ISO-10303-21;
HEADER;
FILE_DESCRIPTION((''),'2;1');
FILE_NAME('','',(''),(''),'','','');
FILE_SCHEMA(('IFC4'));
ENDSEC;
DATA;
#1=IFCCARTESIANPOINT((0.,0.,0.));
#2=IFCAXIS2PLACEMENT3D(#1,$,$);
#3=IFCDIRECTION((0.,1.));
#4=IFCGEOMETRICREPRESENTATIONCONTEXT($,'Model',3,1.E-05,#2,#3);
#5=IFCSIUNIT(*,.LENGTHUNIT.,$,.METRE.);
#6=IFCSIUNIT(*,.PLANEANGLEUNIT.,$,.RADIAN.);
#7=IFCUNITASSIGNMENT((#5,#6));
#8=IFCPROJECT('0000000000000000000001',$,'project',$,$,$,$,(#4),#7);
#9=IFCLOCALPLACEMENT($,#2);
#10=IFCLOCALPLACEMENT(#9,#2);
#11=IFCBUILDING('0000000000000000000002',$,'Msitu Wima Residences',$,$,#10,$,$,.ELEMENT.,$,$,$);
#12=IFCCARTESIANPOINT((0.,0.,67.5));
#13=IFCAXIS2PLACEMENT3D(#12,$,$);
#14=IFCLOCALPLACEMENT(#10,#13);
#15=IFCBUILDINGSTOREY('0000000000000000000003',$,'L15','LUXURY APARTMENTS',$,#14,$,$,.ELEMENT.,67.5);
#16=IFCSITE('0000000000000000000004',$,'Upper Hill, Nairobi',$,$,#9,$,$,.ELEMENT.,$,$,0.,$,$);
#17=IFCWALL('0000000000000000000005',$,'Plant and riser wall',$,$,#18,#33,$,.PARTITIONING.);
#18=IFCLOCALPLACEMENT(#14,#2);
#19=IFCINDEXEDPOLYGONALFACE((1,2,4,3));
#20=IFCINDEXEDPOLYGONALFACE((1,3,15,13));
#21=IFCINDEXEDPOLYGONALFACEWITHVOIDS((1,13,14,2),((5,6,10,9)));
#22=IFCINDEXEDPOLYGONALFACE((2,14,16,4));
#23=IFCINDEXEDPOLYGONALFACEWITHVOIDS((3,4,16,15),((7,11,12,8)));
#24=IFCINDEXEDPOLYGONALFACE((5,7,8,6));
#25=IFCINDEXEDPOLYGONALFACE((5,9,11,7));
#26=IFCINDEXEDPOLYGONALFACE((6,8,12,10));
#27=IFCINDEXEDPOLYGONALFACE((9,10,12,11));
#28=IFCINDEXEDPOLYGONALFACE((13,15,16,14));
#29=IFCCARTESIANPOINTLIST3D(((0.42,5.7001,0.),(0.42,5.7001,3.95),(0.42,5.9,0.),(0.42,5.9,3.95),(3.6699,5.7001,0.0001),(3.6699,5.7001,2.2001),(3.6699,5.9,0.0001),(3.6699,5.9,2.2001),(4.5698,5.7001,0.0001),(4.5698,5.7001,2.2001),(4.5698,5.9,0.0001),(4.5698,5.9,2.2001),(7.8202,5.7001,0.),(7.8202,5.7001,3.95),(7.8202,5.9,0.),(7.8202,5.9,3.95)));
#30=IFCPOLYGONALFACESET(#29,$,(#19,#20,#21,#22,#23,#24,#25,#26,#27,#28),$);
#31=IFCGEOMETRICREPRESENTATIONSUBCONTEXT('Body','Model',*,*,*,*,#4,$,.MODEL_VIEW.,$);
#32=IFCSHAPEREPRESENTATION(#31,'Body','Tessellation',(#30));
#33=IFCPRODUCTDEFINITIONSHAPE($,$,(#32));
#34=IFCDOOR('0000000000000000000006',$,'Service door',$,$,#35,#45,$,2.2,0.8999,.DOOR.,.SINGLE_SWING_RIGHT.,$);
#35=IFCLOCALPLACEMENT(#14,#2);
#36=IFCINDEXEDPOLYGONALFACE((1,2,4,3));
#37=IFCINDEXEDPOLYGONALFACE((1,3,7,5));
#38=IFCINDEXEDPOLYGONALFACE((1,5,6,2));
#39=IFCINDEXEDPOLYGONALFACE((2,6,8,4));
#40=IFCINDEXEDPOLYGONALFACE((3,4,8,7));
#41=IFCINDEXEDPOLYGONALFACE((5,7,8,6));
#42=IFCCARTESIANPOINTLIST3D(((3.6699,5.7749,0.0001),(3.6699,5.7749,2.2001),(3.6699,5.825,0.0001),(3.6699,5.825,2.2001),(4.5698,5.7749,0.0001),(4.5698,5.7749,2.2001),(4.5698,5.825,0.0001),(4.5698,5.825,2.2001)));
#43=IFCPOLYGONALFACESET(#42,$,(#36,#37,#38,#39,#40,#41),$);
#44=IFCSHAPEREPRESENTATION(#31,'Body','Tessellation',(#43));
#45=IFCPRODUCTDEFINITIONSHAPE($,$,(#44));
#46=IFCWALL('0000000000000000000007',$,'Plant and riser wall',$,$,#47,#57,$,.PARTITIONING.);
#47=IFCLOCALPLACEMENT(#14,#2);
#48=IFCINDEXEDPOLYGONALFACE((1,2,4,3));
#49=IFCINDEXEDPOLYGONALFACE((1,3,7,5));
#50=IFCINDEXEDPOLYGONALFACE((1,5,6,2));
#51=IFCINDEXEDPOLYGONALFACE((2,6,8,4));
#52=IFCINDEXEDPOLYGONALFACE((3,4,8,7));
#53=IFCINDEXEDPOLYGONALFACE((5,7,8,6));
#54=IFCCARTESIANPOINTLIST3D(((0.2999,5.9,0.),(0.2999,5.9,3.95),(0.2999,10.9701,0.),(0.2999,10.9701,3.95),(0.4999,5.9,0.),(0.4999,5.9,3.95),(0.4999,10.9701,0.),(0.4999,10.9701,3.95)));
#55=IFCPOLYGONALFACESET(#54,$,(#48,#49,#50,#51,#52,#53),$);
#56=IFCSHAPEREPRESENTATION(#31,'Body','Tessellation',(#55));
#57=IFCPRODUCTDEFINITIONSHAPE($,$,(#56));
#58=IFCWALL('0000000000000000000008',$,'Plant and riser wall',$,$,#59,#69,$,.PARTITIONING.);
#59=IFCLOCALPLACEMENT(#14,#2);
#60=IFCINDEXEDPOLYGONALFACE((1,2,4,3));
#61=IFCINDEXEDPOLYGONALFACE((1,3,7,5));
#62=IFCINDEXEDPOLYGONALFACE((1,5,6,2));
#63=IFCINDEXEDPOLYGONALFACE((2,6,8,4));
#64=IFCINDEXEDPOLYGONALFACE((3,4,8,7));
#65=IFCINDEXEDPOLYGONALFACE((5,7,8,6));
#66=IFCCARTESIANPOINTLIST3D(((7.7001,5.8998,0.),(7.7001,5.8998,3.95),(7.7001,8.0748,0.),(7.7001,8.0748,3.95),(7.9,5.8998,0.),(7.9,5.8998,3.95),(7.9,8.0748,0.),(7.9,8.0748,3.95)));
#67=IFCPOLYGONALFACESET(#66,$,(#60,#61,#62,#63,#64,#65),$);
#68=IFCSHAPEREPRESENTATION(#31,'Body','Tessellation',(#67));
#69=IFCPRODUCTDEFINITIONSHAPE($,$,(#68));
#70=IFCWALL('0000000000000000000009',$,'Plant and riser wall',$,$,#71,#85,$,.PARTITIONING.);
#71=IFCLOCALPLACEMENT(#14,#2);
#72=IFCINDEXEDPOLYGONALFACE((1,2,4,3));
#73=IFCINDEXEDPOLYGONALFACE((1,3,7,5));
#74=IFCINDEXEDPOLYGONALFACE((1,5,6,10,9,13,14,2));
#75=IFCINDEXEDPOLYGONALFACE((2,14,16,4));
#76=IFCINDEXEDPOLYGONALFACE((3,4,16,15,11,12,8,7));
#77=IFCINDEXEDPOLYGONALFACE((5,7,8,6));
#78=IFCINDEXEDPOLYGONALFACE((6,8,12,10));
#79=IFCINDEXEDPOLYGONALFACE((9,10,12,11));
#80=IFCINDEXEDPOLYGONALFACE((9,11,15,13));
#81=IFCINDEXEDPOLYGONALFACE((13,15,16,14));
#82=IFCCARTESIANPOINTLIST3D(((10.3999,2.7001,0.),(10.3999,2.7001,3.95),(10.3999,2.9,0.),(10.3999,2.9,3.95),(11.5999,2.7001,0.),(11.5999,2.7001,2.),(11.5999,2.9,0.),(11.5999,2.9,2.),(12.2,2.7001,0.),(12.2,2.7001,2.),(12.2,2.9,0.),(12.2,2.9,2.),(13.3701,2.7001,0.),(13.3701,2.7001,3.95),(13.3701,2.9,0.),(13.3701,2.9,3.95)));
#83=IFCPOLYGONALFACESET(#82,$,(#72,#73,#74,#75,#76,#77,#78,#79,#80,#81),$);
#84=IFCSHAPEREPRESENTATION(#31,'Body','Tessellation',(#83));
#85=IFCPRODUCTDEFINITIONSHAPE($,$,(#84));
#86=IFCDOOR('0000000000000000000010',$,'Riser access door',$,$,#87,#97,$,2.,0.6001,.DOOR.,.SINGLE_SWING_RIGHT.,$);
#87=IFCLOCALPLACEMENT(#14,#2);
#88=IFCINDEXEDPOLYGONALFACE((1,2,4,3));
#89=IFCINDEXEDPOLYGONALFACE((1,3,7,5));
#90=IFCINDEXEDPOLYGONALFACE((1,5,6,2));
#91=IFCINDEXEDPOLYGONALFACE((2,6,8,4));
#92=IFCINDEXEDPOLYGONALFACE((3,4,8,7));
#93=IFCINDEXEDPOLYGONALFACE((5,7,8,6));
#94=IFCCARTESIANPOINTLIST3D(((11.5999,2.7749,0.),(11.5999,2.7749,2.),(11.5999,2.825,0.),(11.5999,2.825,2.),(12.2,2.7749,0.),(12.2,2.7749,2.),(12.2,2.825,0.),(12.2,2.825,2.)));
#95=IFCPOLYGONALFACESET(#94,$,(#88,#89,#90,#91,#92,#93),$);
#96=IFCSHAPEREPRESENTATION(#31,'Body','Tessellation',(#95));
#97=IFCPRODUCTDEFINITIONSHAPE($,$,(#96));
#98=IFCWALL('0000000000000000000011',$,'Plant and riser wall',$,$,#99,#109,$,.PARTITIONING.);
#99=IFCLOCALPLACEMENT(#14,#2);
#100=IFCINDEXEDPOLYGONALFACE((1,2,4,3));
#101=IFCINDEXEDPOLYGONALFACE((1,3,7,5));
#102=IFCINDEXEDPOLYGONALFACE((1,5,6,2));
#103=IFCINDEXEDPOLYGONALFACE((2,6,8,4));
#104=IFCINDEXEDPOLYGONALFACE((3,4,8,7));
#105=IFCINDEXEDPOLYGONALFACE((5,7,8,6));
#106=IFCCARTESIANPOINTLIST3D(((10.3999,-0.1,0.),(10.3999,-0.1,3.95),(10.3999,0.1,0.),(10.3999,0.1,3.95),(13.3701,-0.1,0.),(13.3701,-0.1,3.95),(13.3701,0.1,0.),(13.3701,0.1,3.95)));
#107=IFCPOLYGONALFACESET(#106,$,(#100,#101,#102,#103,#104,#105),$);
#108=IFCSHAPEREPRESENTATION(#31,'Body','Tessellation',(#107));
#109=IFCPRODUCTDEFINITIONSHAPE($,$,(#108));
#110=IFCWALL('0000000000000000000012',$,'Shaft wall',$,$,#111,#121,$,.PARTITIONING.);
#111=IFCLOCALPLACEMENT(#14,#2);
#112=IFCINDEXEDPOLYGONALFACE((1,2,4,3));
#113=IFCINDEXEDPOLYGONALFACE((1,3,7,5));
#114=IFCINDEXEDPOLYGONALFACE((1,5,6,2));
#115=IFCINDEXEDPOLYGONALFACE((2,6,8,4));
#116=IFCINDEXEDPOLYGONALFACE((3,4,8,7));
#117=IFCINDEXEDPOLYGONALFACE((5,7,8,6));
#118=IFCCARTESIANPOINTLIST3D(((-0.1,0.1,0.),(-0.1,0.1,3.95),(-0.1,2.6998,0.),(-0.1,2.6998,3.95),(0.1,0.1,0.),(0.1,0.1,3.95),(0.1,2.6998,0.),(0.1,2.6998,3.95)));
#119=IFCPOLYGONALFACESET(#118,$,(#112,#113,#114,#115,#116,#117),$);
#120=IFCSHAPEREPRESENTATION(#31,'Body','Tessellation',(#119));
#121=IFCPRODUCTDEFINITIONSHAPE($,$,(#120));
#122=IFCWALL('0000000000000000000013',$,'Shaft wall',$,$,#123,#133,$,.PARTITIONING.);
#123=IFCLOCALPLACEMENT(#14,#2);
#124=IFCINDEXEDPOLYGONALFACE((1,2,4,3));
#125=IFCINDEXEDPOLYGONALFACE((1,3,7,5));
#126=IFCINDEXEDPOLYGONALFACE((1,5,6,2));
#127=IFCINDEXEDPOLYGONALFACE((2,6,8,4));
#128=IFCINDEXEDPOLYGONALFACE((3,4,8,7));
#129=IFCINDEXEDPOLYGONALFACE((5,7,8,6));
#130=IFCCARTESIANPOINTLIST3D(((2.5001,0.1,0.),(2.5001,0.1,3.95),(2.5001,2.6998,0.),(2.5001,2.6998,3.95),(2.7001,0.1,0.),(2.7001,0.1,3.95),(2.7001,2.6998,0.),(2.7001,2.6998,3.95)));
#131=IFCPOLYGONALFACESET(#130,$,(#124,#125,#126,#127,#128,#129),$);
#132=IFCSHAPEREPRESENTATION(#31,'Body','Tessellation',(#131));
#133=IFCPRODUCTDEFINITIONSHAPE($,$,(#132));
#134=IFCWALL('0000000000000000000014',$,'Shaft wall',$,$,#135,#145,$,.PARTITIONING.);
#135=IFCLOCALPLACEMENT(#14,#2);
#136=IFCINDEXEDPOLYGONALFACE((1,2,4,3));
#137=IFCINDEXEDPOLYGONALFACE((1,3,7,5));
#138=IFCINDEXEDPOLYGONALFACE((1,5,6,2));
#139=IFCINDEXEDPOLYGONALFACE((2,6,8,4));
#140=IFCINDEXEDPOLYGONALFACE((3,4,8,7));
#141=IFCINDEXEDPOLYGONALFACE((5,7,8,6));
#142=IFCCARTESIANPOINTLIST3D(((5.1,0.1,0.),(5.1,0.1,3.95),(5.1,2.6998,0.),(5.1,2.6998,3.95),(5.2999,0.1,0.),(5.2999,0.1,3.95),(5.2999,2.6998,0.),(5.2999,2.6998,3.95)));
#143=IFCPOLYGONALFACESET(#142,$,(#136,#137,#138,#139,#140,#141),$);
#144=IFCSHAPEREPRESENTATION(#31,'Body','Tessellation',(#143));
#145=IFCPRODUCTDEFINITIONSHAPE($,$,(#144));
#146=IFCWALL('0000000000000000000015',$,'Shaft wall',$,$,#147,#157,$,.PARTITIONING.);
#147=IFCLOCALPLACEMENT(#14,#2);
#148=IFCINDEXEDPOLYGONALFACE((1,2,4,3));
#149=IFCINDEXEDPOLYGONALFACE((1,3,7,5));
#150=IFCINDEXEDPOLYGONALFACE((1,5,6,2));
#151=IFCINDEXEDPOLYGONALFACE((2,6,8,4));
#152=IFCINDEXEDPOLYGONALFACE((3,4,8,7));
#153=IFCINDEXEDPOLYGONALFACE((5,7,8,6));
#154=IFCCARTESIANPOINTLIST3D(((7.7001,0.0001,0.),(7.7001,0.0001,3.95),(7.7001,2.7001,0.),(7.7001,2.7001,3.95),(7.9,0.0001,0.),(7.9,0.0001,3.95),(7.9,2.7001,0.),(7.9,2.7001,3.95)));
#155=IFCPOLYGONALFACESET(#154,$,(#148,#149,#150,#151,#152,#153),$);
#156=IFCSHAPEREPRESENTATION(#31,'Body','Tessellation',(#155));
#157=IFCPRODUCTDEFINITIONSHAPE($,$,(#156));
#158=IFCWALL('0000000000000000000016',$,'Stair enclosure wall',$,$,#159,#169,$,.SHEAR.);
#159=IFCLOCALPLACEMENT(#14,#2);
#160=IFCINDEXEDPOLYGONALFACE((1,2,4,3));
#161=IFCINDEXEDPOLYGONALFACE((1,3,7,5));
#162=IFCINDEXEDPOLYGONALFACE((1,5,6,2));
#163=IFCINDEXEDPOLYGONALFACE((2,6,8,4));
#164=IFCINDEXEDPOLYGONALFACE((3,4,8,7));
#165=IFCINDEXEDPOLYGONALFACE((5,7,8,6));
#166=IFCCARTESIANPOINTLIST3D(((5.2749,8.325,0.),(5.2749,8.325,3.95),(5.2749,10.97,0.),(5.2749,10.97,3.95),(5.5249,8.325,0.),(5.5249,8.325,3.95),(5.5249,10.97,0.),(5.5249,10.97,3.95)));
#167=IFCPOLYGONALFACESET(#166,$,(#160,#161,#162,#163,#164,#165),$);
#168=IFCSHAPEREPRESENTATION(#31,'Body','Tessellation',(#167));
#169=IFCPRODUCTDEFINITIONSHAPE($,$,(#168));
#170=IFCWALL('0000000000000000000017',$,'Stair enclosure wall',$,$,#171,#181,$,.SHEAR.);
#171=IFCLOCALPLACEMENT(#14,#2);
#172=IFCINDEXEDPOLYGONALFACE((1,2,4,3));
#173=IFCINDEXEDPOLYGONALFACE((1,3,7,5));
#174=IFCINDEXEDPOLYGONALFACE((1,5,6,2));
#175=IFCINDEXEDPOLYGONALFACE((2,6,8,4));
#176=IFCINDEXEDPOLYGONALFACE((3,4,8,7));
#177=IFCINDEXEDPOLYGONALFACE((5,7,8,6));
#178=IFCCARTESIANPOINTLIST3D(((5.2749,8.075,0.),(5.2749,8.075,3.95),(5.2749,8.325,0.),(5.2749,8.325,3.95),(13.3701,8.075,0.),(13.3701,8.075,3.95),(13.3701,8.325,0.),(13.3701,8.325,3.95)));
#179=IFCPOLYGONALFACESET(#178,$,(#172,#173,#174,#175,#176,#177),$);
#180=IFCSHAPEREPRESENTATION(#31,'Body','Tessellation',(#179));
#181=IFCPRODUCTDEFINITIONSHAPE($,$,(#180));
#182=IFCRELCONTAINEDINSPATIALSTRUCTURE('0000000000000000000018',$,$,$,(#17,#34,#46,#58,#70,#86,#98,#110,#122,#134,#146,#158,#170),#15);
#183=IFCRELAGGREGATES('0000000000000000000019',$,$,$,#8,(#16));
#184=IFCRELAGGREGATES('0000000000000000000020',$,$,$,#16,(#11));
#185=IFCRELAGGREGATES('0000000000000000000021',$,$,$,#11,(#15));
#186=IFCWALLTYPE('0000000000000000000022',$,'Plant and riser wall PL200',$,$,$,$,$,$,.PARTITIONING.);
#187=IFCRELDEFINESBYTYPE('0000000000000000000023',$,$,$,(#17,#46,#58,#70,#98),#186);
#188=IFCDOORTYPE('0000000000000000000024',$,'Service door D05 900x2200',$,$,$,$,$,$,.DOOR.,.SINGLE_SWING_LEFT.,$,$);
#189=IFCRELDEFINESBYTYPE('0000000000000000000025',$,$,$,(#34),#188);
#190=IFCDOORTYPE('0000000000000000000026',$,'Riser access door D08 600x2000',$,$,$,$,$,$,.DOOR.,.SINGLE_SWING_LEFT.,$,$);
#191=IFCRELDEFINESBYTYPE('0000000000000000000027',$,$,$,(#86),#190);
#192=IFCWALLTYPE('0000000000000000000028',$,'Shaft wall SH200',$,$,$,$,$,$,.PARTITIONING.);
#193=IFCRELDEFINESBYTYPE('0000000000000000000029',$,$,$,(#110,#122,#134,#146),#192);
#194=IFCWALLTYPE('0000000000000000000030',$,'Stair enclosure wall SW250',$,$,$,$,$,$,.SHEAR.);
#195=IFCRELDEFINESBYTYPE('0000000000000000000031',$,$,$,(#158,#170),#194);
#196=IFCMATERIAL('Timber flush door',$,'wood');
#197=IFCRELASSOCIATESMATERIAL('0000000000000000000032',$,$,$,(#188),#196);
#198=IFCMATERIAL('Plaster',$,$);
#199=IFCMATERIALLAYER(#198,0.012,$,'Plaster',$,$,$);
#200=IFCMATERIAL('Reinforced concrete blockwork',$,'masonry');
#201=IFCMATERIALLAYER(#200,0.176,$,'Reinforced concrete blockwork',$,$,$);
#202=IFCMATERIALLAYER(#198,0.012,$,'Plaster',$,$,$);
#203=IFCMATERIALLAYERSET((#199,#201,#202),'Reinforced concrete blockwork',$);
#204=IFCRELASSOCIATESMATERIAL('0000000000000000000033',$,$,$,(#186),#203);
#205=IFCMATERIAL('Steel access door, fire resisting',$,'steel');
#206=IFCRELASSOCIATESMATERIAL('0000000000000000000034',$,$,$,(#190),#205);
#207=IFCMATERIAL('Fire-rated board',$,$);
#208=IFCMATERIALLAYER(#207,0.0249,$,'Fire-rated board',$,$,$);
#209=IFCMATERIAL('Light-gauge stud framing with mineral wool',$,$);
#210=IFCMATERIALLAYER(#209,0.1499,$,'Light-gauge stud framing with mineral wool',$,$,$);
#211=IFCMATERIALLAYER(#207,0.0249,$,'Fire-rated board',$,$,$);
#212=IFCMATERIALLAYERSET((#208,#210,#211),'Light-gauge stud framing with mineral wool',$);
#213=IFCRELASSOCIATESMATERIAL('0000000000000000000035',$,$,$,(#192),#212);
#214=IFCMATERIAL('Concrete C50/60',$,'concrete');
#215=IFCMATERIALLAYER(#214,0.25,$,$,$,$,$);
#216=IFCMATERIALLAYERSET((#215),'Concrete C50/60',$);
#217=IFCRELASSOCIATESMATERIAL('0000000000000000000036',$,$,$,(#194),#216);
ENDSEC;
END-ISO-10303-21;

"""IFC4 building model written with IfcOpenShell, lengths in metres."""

from ifc_helpers import new_model, si_unit, direction, frame, frame_2d, origin, place, context, subcontext, project, spatial, rectangle, extrude, material, layer, layer_set, type_object, element, fill, save


model = new_model("IFC4")

# Units and contexts
model_context = context("Model", 3, precision=1e-05, world=origin(), true_north=direction((0.0, 1.0)))
body_context = subcontext(model_context, "Body", "Model", "MODEL_VIEW")
ifc_project = project(units=[si_unit("LENGTHUNIT", "METRE"), si_unit("PLANEANGLEUNIT", "RADIAN")], contexts=[model_context])

# Site, building, storey
site_placement = place(None, origin())
site = spatial("IfcSite", under=ifc_project, at=site_placement, Name="Upper Hill, Nairobi", CompositionType="ELEMENT", RefElevation=0.0)
building_placement = place(site_placement, origin())
building = spatial("IfcBuilding", under=site, at=building_placement, Name="Msitu Wima Residences", CompositionType="ELEMENT")
storey_placement = place(building_placement, frame((0.0, 0.0, 67.5)))
storey = spatial("IfcBuildingStorey", under=building, at=storey_placement, Name="L15", Description="LUXURY APARTMENTS", CompositionType="ELEMENT", Elevation=67.5)

# Wall, opening, door
ifc_material_1 = material(Name="Plaster")
ifc_material_2 = material(Name="Timber flush door", Category="wood")
door_type_1 = type_object("IfcDoorType", Name="Service door D05 900x2200", OperationType="SINGLE_SWING_LEFT", PredefinedType="DOOR", material=ifc_material_2)
ifc_layer_1 = layer(ifc_material_1, 0.012, Name="Plaster")
ifc_material_3 = material(Name="Reinforced concrete blockwork", Category="masonry")
ifc_layer_2 = layer(ifc_material_3, 0.176, Name="Reinforced concrete blockwork")
ifc_layer_3 = layer(ifc_material_1, 0.012, Name="Plaster")
ifc_layer_set_1 = layer_set([ifc_layer_1, ifc_layer_2, ifc_layer_3], Name="Reinforced concrete blockwork")
wall_type_1 = type_object("IfcWallType", Name="Plant and riser wall PL200", PredefinedType="PARTITIONING", material=ifc_layer_set_1)
wall_1_placement = place(storey_placement, frame((0.4199, 5.8, 0.0), z_axis=(0.0, 0.0, 1.0), x_axis=(1.0, 0.0, 0.0)))
wall_1 = element("IfcWall", 1, at=wall_1_placement, inside=storey, type_object=wall_type_1, Name="Plant and riser wall", PredefinedType="PARTITIONING", context=body_context, shape_type="SweptSolid", body=[
    extrude(rectangle(XDim=7.4001, YDim=0.2, at=frame_2d((3.7002, 0.0))), origin(), (0.0, 0.0, 1.0), 3.95),
])
opening_1_placement = place(wall_1_placement, frame((3.25, 0.0, 0.0)))
opening_1 = element("IfcOpeningElement", 2, at=opening_1_placement, cuts=wall_1, PredefinedType="OPENING", context=body_context, shape_type="SweptSolid", body=[
    extrude(rectangle(XDim=0.8999, YDim=2.2, at=frame_2d((0.45, 1.1001))), frame((0.0, 0.1099, 0.0), z_axis=(0.0, -1.0, 0.0), x_axis=(1.0, 0.0, 0.0)), (0.0, 0.0, 1.0), 0.22),
])
door_1_placement = place(opening_1_placement, origin())
door_1 = element("IfcDoor", 3, at=door_1_placement, inside=storey, type_object=door_type_1, Name="Service door", OperationType="SINGLE_SWING_RIGHT", OverallHeight=2.2, OverallWidth=0.8999, PredefinedType="DOOR", context=body_context, shape_type="SweptSolid", body=[
    extrude(rectangle(XDim=0.8999, YDim=2.2, at=frame_2d((0.45, 1.1001))), frame((0.0, 0.0249, 0.0), z_axis=(0.0, -1.0, 0.0), x_axis=(1.0, 0.0, 0.0)), (0.0, 0.0, 1.0), 0.05),
])
fill(opening_1, door_1)

# Walls
wall_2_placement = place(storey_placement, frame((0.3999, 5.8999, 0.0), z_axis=(0.0, 0.0, 1.0), x_axis=(0.0, 1.0, 0.0)))
element("IfcWall", 4, at=wall_2_placement, inside=storey, type_object=wall_type_1, Name="Plant and riser wall", PredefinedType="PARTITIONING", context=body_context, shape_type="SweptSolid", body=[
    extrude(rectangle(XDim=5.0701, YDim=0.2, at=frame_2d((2.5352, 0.0))), origin(), (0.0, 0.0, 1.0), 3.95),
])
wall_3_placement = place(storey_placement, frame((7.8, 5.8999, 0.0), z_axis=(0.0, 0.0, 1.0), x_axis=(0.0, 1.0, 0.0)))
element("IfcWall", 5, at=wall_3_placement, inside=storey, type_object=wall_type_1, Name="Plant and riser wall", PredefinedType="PARTITIONING", context=body_context, shape_type="SweptSolid", body=[
    extrude(rectangle(XDim=2.175, YDim=0.2, at=frame_2d((1.0874, 0.0))), origin(), (0.0, 0.0, 1.0), 3.95),
])

# Wall, opening, door
wall_4_placement = place(storey_placement, frame((10.3999, 2.8, 0.0), z_axis=(0.0, 0.0, 1.0), x_axis=(1.0, 0.0, 0.0)))
wall_4 = element("IfcWall", 6, at=wall_4_placement, inside=storey, type_object=wall_type_1, Name="Plant and riser wall", PredefinedType="PARTITIONING", context=body_context, shape_type="SweptSolid", body=[
    extrude(rectangle(XDim=2.9702, YDim=0.2, at=frame_2d((1.4851, 0.0))), origin(), (0.0, 0.0, 1.0), 3.95),
])
opening_2_placement = place(wall_4_placement, frame((1.2, 0.0, 0.0)))
opening_2 = element("IfcOpeningElement", 7, at=opening_2_placement, cuts=wall_4, PredefinedType="OPENING", context=body_context, shape_type="SweptSolid", body=[
    extrude(rectangle(XDim=0.6001, YDim=2.0, at=frame_2d((0.3, 1.0))), frame((0.0, 0.1099, 0.0), z_axis=(0.0, -1.0, 0.0), x_axis=(1.0, 0.0, 0.0)), (0.0, 0.0, 1.0), 0.22),
])
ifc_material_4 = material(Name="Steel access door, fire resisting", Category="steel")
door_type_2 = type_object("IfcDoorType", Name="Riser access door D08 600x2000", OperationType="SINGLE_SWING_LEFT", PredefinedType="DOOR", material=ifc_material_4)
door_2_placement = place(opening_2_placement, origin())
door_2 = element("IfcDoor", 8, at=door_2_placement, inside=storey, type_object=door_type_2, Name="Riser access door", OperationType="SINGLE_SWING_RIGHT", OverallHeight=2.0, OverallWidth=0.6001, PredefinedType="DOOR", context=body_context, shape_type="SweptSolid", body=[
    extrude(rectangle(XDim=0.6001, YDim=2.0, at=frame_2d((0.3, 1.0))), frame((0.0, 0.0249, 0.0), z_axis=(0.0, -1.0, 0.0), x_axis=(1.0, 0.0, 0.0)), (0.0, 0.0, 1.0), 0.05),
])
fill(opening_2, door_2)

# Walls
wall_5_placement = place(storey_placement, frame((10.3999, 0.0, 0.0), z_axis=(0.0, 0.0, 1.0), x_axis=(1.0, 0.0, 0.0)))
element("IfcWall", 9, at=wall_5_placement, inside=storey, type_object=wall_type_1, Name="Plant and riser wall", PredefinedType="PARTITIONING", context=body_context, shape_type="SweptSolid", body=[
    extrude(rectangle(XDim=2.9702, YDim=0.2, at=frame_2d((1.4851, 0.0))), origin(), (0.0, 0.0, 1.0), 3.95),
])
ifc_material_5 = material(Name="Fire-rated board")
ifc_layer_4 = layer(ifc_material_5, 0.0249, Name="Fire-rated board")
ifc_material_6 = material(Name="Light-gauge stud framing with mineral wool")
ifc_layer_5 = layer(ifc_material_6, 0.1499, Name="Light-gauge stud framing with mineral wool")
ifc_layer_6 = layer(ifc_material_5, 0.0249, Name="Fire-rated board")
ifc_layer_set_2 = layer_set([ifc_layer_4, ifc_layer_5, ifc_layer_6], Name="Light-gauge stud framing with mineral wool")
wall_type_2 = type_object("IfcWallType", Name="Shaft wall SH200", PredefinedType="PARTITIONING", material=ifc_layer_set_2)
for number, where, z_axis, x_axis, name in (
    (10, (0.0, 0.1001, 0.0), (0.0, 0.0, 1.0), (0.0, 1.0, 0.0), "Shaft wall"),
    (11, (2.6001, 0.1001, 0.0), (0.0, 0.0, 1.0), (0.0, 1.0, 0.0), "Shaft wall"),
    (12, (5.2, 0.1001, 0.0), (0.0, 0.0, 1.0), (0.0, 1.0, 0.0), "Shaft wall"),
):
    element("IfcWall", number, at=place(storey_placement, frame(where, z_axis=z_axis, x_axis=x_axis)), inside=storey, type_object=wall_type_2, Name=name, PredefinedType="PARTITIONING", context=body_context, shape_type="SweptSolid", body=[
        extrude(rectangle(XDim=2.5999, YDim=0.2, at=frame_2d((1.2998, 0.0))), origin(), (0.0, 0.0, 1.0), 3.95),
    ])
wall_6_placement = place(storey_placement, frame((7.8, 0.0, 0.0), z_axis=(0.0, 0.0, 1.0), x_axis=(0.0, 1.0, 0.0)))
element("IfcWall", 13, at=wall_6_placement, inside=storey, type_object=wall_type_2, Name="Shaft wall", PredefinedType="PARTITIONING", context=body_context, shape_type="SweptSolid", body=[
    extrude(rectangle(XDim=2.7, YDim=0.2, at=frame_2d((1.3501, 0.0))), origin(), (0.0, 0.0, 1.0), 3.95),
])
ifc_material_7 = material(Name="Concrete C50/60", Category="concrete")
ifc_layer_7 = layer(ifc_material_7, 0.25)
ifc_layer_set_3 = layer_set([ifc_layer_7], Name="Concrete C50/60")
wall_type_3 = type_object("IfcWallType", Name="Stair enclosure wall SW250", PredefinedType="SHEAR", material=ifc_layer_set_3)
wall_7_placement = place(storey_placement, frame((5.3999, 8.325, 0.0), z_axis=(0.0, 0.0, 1.0), x_axis=(0.0, 1.0, 0.0)))
element("IfcWall", 14, at=wall_7_placement, inside=storey, type_object=wall_type_3, Name="Stair enclosure wall", PredefinedType="SHEAR", context=body_context, shape_type="SweptSolid", body=[
    extrude(rectangle(XDim=2.645, YDim=0.25, at=frame_2d((1.3225, 0.0))), origin(), (0.0, 0.0, 1.0), 3.95),
])
wall_8_placement = place(storey_placement, frame((5.2749, 8.2, 0.0), z_axis=(0.0, 0.0, 1.0), x_axis=(1.0, 0.0, 0.0)))
element("IfcWall", 15, at=wall_8_placement, inside=storey, type_object=wall_type_3, Name="Stair enclosure wall", PredefinedType="SHEAR", context=body_context, shape_type="SweptSolid", body=[
    extrude(rectangle(XDim=8.0952, YDim=0.25, at=frame_2d((4.0476, 0.0))), origin(), (0.0, 0.0, 1.0), 3.95),
])

save(model, "model.ifc")
